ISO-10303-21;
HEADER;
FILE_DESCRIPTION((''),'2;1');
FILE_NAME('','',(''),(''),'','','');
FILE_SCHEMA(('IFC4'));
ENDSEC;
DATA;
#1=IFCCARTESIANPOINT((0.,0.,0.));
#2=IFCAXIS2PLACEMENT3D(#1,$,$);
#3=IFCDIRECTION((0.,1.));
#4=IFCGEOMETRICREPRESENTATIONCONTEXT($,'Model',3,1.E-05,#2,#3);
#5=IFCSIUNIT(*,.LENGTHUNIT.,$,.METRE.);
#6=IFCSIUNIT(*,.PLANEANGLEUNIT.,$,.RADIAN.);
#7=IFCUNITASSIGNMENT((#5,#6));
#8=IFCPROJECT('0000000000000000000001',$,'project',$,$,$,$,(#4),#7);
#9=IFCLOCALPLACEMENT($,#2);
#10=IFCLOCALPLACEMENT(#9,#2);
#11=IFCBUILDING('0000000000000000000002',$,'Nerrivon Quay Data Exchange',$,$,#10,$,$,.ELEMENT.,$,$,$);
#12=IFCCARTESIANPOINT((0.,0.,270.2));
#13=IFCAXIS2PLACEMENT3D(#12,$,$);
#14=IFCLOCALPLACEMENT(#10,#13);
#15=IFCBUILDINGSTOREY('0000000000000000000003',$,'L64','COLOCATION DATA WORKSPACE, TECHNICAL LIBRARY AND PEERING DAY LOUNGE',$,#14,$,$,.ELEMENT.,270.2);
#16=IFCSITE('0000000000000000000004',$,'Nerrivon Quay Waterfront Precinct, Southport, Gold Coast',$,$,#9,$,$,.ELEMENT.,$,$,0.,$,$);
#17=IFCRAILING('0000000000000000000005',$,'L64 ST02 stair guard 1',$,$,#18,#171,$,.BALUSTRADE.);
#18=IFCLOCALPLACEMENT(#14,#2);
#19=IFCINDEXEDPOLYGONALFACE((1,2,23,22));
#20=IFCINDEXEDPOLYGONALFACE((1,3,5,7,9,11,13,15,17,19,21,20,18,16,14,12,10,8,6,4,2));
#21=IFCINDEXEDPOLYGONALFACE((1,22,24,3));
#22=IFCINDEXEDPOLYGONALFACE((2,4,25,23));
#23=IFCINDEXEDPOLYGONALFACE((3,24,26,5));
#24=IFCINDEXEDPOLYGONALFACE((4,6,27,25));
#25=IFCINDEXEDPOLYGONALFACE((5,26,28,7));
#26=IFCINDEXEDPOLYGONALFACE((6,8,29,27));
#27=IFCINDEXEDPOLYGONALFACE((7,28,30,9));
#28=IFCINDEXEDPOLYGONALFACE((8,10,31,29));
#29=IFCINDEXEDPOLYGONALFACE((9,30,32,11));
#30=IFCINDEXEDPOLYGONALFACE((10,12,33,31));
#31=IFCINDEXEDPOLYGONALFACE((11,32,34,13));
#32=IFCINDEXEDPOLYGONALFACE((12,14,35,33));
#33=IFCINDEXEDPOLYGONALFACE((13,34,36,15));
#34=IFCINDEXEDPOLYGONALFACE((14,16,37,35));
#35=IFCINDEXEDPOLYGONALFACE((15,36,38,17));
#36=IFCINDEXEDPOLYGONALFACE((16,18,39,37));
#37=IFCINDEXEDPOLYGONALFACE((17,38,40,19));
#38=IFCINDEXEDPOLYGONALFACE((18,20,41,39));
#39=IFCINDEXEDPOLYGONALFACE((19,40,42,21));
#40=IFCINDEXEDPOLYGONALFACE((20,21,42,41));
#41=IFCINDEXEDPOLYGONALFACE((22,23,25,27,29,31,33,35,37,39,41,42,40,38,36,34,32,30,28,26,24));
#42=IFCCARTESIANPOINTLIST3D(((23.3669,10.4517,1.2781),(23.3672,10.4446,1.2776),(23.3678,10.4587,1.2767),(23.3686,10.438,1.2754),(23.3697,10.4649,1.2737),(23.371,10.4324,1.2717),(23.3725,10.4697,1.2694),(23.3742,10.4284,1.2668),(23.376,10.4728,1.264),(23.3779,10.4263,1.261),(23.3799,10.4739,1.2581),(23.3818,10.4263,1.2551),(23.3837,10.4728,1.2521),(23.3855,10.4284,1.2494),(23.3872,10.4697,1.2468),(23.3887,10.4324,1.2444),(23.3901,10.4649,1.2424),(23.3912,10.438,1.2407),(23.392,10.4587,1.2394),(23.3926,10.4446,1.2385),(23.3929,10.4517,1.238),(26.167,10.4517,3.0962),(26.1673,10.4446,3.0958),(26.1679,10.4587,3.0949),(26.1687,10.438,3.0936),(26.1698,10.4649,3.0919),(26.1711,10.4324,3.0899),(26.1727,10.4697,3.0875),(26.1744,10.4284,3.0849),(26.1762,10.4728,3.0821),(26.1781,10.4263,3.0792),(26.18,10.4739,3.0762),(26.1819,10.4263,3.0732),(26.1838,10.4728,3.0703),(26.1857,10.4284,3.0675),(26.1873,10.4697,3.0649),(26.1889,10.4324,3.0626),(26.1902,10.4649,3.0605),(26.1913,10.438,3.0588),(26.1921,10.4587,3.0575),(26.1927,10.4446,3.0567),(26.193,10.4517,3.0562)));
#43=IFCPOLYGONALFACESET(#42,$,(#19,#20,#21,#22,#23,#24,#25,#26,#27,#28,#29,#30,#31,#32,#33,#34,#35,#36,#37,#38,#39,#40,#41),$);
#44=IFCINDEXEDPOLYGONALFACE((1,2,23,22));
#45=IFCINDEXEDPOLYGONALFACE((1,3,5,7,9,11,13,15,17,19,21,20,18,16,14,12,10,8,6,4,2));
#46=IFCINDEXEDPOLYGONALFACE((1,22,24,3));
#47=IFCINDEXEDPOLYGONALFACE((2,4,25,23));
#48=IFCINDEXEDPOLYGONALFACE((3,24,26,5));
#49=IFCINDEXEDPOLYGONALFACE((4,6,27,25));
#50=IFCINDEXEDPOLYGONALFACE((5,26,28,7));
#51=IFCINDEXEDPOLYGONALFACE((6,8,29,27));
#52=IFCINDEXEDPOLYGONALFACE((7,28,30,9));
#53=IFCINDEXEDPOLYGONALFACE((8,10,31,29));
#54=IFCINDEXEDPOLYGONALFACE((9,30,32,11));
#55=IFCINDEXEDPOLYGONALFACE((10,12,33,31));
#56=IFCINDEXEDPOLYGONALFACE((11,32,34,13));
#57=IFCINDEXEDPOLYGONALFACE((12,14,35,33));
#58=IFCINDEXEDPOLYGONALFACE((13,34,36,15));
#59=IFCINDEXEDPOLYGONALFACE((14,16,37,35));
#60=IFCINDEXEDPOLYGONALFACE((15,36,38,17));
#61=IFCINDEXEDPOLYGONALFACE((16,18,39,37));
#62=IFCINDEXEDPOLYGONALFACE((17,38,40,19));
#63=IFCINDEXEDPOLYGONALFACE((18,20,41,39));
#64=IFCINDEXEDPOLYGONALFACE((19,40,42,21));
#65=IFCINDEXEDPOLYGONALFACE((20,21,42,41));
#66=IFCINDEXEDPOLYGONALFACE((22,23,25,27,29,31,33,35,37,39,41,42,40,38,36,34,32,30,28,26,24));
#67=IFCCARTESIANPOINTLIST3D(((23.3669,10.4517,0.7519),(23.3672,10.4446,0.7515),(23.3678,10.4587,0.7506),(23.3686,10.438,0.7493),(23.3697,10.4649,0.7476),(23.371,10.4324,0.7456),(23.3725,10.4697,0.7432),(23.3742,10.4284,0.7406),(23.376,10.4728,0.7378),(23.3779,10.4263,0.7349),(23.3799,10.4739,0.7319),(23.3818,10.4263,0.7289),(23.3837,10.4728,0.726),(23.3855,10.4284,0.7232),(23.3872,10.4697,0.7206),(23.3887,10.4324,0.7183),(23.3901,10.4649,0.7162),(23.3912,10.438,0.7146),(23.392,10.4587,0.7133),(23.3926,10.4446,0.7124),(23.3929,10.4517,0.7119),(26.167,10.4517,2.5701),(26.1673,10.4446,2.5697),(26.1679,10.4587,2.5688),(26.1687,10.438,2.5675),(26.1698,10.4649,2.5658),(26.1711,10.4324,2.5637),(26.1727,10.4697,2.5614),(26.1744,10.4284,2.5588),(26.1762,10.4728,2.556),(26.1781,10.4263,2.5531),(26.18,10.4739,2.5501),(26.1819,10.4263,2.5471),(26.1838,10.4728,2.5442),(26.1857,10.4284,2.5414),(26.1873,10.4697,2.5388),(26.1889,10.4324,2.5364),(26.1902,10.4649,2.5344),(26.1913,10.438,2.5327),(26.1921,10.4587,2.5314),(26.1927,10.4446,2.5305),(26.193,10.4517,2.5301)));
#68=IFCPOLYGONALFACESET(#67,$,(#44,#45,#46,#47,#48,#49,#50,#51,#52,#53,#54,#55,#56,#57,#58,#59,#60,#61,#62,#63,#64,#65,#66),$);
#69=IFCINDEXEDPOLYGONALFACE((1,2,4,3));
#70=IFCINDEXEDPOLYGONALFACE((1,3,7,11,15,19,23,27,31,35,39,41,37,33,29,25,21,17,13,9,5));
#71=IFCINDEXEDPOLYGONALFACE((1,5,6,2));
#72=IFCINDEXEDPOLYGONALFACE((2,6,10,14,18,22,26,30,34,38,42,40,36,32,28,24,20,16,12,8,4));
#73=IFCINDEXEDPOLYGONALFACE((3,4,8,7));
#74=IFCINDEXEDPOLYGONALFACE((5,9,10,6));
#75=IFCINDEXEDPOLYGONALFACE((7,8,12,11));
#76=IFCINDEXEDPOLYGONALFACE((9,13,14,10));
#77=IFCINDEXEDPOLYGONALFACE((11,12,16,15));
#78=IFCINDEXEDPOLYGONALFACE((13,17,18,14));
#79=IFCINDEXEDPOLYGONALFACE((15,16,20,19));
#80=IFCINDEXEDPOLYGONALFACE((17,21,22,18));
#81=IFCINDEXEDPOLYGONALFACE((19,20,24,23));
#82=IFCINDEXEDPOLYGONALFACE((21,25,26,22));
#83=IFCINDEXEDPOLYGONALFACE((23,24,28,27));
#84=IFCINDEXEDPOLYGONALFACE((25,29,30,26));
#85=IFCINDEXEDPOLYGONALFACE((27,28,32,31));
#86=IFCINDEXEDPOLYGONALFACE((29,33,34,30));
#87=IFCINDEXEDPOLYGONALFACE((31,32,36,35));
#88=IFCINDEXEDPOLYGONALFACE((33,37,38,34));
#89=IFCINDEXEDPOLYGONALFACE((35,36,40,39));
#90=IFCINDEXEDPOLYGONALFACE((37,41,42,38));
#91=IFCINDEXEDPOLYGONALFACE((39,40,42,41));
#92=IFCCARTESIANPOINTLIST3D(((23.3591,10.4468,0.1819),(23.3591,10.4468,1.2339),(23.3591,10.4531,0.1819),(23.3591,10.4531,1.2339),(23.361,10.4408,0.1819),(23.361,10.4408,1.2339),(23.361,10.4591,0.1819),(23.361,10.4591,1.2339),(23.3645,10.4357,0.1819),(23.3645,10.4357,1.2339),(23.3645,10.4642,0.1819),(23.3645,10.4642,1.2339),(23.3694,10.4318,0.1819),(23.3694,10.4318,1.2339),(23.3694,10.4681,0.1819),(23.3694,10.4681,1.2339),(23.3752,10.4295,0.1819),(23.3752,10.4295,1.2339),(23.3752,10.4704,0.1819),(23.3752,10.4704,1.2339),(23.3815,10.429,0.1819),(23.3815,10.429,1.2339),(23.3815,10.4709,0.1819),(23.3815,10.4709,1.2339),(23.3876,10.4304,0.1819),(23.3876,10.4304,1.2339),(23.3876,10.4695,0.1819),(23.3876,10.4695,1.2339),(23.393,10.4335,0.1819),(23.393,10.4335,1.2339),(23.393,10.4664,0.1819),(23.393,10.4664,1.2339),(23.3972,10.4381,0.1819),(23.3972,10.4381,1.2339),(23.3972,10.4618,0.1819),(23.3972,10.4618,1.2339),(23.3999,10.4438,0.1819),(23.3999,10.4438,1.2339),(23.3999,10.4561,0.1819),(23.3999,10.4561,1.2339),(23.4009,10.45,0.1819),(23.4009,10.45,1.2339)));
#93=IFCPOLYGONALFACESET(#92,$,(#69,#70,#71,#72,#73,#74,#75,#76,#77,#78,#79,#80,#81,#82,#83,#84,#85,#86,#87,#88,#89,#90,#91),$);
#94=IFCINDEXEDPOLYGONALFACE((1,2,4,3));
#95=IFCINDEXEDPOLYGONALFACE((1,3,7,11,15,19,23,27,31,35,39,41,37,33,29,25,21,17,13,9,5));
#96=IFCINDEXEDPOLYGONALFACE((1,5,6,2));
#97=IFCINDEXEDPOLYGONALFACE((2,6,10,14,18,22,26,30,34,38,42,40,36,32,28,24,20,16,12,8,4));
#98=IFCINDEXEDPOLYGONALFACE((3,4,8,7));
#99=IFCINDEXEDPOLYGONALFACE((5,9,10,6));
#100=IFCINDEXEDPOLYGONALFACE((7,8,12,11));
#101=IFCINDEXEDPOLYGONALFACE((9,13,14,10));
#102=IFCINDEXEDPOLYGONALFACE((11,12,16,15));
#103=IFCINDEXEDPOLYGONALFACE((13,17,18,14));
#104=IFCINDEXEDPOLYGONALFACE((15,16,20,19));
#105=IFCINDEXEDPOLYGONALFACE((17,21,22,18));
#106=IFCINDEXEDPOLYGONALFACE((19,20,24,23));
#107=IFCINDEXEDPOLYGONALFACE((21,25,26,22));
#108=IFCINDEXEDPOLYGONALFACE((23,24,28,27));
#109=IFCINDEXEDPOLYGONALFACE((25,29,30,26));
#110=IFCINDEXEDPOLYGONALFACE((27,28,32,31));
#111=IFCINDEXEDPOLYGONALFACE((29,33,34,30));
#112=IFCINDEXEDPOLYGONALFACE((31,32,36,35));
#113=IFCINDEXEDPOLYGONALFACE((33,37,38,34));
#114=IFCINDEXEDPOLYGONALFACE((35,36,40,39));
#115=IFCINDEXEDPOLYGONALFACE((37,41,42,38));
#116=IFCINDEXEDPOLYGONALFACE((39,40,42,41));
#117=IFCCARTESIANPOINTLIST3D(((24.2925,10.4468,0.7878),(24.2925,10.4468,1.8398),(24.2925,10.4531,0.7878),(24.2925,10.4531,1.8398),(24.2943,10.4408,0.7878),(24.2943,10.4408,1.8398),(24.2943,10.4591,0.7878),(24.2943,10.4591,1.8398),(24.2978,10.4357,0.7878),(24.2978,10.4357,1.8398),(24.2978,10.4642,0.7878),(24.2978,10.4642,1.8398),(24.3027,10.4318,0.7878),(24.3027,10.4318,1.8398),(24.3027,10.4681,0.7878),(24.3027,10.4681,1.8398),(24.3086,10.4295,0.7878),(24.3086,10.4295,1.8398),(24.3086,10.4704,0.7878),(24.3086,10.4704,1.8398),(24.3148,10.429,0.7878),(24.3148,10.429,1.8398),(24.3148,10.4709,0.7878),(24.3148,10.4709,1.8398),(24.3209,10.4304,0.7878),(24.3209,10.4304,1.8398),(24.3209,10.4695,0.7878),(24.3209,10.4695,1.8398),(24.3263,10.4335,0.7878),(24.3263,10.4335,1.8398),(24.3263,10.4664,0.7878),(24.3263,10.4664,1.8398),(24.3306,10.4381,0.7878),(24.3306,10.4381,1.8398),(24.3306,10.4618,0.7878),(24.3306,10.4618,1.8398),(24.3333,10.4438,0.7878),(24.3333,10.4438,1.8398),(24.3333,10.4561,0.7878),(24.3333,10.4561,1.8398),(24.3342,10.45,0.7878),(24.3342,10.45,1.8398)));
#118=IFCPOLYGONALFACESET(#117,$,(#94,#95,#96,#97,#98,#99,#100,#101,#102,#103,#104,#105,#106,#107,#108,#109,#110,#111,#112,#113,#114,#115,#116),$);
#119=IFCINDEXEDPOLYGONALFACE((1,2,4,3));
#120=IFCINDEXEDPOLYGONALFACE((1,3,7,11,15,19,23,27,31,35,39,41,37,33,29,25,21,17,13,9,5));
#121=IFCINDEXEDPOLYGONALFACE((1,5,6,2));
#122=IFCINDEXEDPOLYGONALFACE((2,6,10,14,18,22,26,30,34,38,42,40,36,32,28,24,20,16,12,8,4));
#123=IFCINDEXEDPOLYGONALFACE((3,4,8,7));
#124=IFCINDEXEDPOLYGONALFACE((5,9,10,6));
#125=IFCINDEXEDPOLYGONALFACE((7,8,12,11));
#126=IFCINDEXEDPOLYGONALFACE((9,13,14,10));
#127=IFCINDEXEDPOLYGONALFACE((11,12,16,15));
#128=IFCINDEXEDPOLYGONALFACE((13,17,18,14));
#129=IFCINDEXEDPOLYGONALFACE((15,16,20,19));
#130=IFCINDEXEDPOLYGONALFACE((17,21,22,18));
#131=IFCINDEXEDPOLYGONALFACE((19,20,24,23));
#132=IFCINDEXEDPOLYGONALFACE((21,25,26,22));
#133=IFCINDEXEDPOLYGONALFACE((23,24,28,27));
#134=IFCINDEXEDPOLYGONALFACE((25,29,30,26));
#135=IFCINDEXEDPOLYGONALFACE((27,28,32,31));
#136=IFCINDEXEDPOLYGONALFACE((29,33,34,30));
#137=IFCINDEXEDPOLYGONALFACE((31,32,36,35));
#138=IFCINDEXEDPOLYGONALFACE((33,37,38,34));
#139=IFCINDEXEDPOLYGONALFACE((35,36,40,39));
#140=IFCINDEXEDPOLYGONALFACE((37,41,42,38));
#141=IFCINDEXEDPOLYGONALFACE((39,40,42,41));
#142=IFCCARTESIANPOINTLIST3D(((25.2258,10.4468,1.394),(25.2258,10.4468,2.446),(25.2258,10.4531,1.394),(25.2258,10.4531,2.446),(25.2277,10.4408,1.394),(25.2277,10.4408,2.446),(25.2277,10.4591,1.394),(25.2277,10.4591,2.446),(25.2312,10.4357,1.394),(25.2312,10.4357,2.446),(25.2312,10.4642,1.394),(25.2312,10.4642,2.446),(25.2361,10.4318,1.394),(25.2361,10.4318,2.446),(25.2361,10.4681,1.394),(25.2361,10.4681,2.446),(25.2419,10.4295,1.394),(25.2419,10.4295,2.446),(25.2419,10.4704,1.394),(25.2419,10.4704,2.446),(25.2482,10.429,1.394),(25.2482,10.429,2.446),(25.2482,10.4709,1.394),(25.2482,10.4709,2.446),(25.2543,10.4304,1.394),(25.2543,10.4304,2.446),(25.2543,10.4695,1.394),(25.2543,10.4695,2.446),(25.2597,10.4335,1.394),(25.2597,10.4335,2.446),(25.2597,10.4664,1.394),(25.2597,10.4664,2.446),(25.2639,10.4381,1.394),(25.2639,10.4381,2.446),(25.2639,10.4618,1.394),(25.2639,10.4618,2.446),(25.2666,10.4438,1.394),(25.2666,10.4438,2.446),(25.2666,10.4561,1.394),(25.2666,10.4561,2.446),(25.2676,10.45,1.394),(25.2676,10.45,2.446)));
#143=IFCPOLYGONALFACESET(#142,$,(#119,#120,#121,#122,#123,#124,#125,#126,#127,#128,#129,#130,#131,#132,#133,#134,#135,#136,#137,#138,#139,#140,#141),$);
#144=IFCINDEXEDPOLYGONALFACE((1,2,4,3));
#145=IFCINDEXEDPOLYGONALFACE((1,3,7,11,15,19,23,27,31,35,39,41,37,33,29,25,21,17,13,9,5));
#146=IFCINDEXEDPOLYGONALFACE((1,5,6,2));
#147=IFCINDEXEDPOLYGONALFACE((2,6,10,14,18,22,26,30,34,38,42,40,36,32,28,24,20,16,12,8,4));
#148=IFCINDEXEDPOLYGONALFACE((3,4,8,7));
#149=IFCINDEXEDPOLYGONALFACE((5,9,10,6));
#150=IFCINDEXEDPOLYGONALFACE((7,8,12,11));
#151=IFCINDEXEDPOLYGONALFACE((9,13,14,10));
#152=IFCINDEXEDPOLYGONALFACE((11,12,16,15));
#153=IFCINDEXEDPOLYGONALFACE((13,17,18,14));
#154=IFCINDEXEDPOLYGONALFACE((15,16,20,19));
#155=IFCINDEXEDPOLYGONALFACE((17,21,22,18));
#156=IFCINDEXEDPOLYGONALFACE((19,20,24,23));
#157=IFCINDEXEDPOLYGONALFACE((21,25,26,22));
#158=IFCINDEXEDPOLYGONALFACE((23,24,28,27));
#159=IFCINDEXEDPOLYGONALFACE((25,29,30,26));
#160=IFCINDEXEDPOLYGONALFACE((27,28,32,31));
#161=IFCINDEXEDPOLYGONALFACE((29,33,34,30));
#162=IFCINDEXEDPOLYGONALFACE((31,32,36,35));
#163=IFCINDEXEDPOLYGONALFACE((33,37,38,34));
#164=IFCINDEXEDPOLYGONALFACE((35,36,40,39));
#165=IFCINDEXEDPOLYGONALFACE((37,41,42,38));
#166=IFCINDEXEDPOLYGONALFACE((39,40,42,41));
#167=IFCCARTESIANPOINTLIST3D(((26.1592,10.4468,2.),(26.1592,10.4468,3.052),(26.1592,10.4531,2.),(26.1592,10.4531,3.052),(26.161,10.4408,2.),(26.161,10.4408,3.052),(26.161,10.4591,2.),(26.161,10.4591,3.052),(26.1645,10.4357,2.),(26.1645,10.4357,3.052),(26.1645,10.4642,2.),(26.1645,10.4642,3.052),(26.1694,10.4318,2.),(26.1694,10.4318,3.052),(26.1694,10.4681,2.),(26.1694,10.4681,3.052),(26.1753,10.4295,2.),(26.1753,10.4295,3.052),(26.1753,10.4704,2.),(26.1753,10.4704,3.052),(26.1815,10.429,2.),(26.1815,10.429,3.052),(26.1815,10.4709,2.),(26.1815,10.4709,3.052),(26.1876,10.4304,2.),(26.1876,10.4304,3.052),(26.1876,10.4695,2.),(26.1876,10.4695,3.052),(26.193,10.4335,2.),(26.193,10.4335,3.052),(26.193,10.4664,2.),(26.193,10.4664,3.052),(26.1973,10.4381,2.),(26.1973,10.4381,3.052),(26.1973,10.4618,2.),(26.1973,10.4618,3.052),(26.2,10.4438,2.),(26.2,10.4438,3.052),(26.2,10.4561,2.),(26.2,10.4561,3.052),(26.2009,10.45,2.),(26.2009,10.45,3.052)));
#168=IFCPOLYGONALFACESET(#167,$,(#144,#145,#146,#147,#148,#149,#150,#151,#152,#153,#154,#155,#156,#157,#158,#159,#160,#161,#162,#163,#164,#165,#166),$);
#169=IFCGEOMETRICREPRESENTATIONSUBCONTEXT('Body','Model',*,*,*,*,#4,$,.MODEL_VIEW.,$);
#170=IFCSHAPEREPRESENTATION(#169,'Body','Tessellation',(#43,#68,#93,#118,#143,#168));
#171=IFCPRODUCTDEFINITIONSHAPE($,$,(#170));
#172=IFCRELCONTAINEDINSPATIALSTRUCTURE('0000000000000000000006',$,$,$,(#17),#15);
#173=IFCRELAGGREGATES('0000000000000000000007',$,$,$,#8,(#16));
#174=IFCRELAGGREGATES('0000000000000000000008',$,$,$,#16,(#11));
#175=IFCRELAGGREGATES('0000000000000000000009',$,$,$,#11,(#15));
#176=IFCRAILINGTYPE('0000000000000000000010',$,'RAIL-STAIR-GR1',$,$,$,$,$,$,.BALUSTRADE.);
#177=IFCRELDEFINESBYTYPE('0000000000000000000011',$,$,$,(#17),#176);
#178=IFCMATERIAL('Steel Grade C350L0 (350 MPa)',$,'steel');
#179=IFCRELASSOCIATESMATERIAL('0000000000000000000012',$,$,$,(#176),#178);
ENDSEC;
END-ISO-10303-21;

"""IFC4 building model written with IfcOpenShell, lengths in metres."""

from ifc_helpers import new_model, si_unit, direction, frame, origin, origin_2d, place, context, subcontext, project, spatial, circle, extrude, material, type_object, element, save


model = new_model("IFC4")

# Units and contexts
model_context = context("Model", 3, precision=1e-05, world=origin(), true_north=direction((0.0, 1.0)))
body_context = subcontext(model_context, "Body", "Model", "MODEL_VIEW")
ifc_project = project(units=[si_unit("LENGTHUNIT", "METRE"), si_unit("PLANEANGLEUNIT", "RADIAN")], contexts=[model_context])

# Site, building, storey
site_placement = place(None, origin())
site = spatial("IfcSite", under=ifc_project, at=site_placement, Name="Nerrivon Quay Waterfront Precinct, Southport, Gold Coast", CompositionType="ELEMENT", RefElevation=0.0)
building_placement = place(site_placement, origin())
building = spatial("IfcBuilding", under=site, at=building_placement, Name="Nerrivon Quay Data Exchange", CompositionType="ELEMENT")
storey_placement = place(building_placement, frame((0.0, 0.0, 270.2)))
storey = spatial("IfcBuildingStorey", under=building, at=storey_placement, Name="L64", Description="COLOCATION DATA WORKSPACE, TECHNICAL LIBRARY AND PEERING DAY LOUNGE", CompositionType="ELEMENT", Elevation=270.2)

# Railing
ifc_material_1 = material(Name="Steel Grade C350L0 (350 MPa)", Category="steel")
railing_type_1 = type_object("IfcRailingType", Name="RAIL-STAIR-GR1", PredefinedType="BALUSTRADE", material=ifc_material_1)
railing_1_placement = place(storey_placement, frame((23.3799, 10.45, 0.1819)))
element("IfcRailing", 1, at=railing_1_placement, inside=storey, type_object=railing_type_1, Name="L64 ST02 stair guard 1", PredefinedType="BALUSTRADE", context=body_context, shape_type="SweptSolid", body=[
    extrude(circle(Radius=0.0239, at=origin_2d()), frame((0.0, 0.0, 1.0762), z_axis=(0.838706, 0.0, 0.544585), x_axis=(0.0, 1.0, 0.0)), (0.0, 0.0, 1.0), 3.3386),
    extrude(circle(Radius=0.0239, at=origin_2d()), frame((0.0, 0.0, 0.55), z_axis=(0.838706, 0.0, 0.544585), x_axis=(0.0, 1.0, 0.0)), (0.0, 0.0, 1.0), 3.3386),
    extrude(circle(Radius=0.021, at=origin_2d()), origin(), (0.0, 0.0, 1.0), 1.052),
    extrude(circle(Radius=0.021, at=origin_2d()), frame((0.9333, 0.0, 0.606)), (0.0, 0.0, 1.0), 1.052),
    extrude(circle(Radius=0.021, at=origin_2d()), frame((1.8667, 0.0, 1.2122)), (0.0, 0.0, 1.0), 1.052),
    extrude(circle(Radius=0.021, at=origin_2d()), frame((2.8, 0.0, 1.8181)), (0.0, 0.0, 1.0), 1.052),
])

save(model, "model.ifc")
